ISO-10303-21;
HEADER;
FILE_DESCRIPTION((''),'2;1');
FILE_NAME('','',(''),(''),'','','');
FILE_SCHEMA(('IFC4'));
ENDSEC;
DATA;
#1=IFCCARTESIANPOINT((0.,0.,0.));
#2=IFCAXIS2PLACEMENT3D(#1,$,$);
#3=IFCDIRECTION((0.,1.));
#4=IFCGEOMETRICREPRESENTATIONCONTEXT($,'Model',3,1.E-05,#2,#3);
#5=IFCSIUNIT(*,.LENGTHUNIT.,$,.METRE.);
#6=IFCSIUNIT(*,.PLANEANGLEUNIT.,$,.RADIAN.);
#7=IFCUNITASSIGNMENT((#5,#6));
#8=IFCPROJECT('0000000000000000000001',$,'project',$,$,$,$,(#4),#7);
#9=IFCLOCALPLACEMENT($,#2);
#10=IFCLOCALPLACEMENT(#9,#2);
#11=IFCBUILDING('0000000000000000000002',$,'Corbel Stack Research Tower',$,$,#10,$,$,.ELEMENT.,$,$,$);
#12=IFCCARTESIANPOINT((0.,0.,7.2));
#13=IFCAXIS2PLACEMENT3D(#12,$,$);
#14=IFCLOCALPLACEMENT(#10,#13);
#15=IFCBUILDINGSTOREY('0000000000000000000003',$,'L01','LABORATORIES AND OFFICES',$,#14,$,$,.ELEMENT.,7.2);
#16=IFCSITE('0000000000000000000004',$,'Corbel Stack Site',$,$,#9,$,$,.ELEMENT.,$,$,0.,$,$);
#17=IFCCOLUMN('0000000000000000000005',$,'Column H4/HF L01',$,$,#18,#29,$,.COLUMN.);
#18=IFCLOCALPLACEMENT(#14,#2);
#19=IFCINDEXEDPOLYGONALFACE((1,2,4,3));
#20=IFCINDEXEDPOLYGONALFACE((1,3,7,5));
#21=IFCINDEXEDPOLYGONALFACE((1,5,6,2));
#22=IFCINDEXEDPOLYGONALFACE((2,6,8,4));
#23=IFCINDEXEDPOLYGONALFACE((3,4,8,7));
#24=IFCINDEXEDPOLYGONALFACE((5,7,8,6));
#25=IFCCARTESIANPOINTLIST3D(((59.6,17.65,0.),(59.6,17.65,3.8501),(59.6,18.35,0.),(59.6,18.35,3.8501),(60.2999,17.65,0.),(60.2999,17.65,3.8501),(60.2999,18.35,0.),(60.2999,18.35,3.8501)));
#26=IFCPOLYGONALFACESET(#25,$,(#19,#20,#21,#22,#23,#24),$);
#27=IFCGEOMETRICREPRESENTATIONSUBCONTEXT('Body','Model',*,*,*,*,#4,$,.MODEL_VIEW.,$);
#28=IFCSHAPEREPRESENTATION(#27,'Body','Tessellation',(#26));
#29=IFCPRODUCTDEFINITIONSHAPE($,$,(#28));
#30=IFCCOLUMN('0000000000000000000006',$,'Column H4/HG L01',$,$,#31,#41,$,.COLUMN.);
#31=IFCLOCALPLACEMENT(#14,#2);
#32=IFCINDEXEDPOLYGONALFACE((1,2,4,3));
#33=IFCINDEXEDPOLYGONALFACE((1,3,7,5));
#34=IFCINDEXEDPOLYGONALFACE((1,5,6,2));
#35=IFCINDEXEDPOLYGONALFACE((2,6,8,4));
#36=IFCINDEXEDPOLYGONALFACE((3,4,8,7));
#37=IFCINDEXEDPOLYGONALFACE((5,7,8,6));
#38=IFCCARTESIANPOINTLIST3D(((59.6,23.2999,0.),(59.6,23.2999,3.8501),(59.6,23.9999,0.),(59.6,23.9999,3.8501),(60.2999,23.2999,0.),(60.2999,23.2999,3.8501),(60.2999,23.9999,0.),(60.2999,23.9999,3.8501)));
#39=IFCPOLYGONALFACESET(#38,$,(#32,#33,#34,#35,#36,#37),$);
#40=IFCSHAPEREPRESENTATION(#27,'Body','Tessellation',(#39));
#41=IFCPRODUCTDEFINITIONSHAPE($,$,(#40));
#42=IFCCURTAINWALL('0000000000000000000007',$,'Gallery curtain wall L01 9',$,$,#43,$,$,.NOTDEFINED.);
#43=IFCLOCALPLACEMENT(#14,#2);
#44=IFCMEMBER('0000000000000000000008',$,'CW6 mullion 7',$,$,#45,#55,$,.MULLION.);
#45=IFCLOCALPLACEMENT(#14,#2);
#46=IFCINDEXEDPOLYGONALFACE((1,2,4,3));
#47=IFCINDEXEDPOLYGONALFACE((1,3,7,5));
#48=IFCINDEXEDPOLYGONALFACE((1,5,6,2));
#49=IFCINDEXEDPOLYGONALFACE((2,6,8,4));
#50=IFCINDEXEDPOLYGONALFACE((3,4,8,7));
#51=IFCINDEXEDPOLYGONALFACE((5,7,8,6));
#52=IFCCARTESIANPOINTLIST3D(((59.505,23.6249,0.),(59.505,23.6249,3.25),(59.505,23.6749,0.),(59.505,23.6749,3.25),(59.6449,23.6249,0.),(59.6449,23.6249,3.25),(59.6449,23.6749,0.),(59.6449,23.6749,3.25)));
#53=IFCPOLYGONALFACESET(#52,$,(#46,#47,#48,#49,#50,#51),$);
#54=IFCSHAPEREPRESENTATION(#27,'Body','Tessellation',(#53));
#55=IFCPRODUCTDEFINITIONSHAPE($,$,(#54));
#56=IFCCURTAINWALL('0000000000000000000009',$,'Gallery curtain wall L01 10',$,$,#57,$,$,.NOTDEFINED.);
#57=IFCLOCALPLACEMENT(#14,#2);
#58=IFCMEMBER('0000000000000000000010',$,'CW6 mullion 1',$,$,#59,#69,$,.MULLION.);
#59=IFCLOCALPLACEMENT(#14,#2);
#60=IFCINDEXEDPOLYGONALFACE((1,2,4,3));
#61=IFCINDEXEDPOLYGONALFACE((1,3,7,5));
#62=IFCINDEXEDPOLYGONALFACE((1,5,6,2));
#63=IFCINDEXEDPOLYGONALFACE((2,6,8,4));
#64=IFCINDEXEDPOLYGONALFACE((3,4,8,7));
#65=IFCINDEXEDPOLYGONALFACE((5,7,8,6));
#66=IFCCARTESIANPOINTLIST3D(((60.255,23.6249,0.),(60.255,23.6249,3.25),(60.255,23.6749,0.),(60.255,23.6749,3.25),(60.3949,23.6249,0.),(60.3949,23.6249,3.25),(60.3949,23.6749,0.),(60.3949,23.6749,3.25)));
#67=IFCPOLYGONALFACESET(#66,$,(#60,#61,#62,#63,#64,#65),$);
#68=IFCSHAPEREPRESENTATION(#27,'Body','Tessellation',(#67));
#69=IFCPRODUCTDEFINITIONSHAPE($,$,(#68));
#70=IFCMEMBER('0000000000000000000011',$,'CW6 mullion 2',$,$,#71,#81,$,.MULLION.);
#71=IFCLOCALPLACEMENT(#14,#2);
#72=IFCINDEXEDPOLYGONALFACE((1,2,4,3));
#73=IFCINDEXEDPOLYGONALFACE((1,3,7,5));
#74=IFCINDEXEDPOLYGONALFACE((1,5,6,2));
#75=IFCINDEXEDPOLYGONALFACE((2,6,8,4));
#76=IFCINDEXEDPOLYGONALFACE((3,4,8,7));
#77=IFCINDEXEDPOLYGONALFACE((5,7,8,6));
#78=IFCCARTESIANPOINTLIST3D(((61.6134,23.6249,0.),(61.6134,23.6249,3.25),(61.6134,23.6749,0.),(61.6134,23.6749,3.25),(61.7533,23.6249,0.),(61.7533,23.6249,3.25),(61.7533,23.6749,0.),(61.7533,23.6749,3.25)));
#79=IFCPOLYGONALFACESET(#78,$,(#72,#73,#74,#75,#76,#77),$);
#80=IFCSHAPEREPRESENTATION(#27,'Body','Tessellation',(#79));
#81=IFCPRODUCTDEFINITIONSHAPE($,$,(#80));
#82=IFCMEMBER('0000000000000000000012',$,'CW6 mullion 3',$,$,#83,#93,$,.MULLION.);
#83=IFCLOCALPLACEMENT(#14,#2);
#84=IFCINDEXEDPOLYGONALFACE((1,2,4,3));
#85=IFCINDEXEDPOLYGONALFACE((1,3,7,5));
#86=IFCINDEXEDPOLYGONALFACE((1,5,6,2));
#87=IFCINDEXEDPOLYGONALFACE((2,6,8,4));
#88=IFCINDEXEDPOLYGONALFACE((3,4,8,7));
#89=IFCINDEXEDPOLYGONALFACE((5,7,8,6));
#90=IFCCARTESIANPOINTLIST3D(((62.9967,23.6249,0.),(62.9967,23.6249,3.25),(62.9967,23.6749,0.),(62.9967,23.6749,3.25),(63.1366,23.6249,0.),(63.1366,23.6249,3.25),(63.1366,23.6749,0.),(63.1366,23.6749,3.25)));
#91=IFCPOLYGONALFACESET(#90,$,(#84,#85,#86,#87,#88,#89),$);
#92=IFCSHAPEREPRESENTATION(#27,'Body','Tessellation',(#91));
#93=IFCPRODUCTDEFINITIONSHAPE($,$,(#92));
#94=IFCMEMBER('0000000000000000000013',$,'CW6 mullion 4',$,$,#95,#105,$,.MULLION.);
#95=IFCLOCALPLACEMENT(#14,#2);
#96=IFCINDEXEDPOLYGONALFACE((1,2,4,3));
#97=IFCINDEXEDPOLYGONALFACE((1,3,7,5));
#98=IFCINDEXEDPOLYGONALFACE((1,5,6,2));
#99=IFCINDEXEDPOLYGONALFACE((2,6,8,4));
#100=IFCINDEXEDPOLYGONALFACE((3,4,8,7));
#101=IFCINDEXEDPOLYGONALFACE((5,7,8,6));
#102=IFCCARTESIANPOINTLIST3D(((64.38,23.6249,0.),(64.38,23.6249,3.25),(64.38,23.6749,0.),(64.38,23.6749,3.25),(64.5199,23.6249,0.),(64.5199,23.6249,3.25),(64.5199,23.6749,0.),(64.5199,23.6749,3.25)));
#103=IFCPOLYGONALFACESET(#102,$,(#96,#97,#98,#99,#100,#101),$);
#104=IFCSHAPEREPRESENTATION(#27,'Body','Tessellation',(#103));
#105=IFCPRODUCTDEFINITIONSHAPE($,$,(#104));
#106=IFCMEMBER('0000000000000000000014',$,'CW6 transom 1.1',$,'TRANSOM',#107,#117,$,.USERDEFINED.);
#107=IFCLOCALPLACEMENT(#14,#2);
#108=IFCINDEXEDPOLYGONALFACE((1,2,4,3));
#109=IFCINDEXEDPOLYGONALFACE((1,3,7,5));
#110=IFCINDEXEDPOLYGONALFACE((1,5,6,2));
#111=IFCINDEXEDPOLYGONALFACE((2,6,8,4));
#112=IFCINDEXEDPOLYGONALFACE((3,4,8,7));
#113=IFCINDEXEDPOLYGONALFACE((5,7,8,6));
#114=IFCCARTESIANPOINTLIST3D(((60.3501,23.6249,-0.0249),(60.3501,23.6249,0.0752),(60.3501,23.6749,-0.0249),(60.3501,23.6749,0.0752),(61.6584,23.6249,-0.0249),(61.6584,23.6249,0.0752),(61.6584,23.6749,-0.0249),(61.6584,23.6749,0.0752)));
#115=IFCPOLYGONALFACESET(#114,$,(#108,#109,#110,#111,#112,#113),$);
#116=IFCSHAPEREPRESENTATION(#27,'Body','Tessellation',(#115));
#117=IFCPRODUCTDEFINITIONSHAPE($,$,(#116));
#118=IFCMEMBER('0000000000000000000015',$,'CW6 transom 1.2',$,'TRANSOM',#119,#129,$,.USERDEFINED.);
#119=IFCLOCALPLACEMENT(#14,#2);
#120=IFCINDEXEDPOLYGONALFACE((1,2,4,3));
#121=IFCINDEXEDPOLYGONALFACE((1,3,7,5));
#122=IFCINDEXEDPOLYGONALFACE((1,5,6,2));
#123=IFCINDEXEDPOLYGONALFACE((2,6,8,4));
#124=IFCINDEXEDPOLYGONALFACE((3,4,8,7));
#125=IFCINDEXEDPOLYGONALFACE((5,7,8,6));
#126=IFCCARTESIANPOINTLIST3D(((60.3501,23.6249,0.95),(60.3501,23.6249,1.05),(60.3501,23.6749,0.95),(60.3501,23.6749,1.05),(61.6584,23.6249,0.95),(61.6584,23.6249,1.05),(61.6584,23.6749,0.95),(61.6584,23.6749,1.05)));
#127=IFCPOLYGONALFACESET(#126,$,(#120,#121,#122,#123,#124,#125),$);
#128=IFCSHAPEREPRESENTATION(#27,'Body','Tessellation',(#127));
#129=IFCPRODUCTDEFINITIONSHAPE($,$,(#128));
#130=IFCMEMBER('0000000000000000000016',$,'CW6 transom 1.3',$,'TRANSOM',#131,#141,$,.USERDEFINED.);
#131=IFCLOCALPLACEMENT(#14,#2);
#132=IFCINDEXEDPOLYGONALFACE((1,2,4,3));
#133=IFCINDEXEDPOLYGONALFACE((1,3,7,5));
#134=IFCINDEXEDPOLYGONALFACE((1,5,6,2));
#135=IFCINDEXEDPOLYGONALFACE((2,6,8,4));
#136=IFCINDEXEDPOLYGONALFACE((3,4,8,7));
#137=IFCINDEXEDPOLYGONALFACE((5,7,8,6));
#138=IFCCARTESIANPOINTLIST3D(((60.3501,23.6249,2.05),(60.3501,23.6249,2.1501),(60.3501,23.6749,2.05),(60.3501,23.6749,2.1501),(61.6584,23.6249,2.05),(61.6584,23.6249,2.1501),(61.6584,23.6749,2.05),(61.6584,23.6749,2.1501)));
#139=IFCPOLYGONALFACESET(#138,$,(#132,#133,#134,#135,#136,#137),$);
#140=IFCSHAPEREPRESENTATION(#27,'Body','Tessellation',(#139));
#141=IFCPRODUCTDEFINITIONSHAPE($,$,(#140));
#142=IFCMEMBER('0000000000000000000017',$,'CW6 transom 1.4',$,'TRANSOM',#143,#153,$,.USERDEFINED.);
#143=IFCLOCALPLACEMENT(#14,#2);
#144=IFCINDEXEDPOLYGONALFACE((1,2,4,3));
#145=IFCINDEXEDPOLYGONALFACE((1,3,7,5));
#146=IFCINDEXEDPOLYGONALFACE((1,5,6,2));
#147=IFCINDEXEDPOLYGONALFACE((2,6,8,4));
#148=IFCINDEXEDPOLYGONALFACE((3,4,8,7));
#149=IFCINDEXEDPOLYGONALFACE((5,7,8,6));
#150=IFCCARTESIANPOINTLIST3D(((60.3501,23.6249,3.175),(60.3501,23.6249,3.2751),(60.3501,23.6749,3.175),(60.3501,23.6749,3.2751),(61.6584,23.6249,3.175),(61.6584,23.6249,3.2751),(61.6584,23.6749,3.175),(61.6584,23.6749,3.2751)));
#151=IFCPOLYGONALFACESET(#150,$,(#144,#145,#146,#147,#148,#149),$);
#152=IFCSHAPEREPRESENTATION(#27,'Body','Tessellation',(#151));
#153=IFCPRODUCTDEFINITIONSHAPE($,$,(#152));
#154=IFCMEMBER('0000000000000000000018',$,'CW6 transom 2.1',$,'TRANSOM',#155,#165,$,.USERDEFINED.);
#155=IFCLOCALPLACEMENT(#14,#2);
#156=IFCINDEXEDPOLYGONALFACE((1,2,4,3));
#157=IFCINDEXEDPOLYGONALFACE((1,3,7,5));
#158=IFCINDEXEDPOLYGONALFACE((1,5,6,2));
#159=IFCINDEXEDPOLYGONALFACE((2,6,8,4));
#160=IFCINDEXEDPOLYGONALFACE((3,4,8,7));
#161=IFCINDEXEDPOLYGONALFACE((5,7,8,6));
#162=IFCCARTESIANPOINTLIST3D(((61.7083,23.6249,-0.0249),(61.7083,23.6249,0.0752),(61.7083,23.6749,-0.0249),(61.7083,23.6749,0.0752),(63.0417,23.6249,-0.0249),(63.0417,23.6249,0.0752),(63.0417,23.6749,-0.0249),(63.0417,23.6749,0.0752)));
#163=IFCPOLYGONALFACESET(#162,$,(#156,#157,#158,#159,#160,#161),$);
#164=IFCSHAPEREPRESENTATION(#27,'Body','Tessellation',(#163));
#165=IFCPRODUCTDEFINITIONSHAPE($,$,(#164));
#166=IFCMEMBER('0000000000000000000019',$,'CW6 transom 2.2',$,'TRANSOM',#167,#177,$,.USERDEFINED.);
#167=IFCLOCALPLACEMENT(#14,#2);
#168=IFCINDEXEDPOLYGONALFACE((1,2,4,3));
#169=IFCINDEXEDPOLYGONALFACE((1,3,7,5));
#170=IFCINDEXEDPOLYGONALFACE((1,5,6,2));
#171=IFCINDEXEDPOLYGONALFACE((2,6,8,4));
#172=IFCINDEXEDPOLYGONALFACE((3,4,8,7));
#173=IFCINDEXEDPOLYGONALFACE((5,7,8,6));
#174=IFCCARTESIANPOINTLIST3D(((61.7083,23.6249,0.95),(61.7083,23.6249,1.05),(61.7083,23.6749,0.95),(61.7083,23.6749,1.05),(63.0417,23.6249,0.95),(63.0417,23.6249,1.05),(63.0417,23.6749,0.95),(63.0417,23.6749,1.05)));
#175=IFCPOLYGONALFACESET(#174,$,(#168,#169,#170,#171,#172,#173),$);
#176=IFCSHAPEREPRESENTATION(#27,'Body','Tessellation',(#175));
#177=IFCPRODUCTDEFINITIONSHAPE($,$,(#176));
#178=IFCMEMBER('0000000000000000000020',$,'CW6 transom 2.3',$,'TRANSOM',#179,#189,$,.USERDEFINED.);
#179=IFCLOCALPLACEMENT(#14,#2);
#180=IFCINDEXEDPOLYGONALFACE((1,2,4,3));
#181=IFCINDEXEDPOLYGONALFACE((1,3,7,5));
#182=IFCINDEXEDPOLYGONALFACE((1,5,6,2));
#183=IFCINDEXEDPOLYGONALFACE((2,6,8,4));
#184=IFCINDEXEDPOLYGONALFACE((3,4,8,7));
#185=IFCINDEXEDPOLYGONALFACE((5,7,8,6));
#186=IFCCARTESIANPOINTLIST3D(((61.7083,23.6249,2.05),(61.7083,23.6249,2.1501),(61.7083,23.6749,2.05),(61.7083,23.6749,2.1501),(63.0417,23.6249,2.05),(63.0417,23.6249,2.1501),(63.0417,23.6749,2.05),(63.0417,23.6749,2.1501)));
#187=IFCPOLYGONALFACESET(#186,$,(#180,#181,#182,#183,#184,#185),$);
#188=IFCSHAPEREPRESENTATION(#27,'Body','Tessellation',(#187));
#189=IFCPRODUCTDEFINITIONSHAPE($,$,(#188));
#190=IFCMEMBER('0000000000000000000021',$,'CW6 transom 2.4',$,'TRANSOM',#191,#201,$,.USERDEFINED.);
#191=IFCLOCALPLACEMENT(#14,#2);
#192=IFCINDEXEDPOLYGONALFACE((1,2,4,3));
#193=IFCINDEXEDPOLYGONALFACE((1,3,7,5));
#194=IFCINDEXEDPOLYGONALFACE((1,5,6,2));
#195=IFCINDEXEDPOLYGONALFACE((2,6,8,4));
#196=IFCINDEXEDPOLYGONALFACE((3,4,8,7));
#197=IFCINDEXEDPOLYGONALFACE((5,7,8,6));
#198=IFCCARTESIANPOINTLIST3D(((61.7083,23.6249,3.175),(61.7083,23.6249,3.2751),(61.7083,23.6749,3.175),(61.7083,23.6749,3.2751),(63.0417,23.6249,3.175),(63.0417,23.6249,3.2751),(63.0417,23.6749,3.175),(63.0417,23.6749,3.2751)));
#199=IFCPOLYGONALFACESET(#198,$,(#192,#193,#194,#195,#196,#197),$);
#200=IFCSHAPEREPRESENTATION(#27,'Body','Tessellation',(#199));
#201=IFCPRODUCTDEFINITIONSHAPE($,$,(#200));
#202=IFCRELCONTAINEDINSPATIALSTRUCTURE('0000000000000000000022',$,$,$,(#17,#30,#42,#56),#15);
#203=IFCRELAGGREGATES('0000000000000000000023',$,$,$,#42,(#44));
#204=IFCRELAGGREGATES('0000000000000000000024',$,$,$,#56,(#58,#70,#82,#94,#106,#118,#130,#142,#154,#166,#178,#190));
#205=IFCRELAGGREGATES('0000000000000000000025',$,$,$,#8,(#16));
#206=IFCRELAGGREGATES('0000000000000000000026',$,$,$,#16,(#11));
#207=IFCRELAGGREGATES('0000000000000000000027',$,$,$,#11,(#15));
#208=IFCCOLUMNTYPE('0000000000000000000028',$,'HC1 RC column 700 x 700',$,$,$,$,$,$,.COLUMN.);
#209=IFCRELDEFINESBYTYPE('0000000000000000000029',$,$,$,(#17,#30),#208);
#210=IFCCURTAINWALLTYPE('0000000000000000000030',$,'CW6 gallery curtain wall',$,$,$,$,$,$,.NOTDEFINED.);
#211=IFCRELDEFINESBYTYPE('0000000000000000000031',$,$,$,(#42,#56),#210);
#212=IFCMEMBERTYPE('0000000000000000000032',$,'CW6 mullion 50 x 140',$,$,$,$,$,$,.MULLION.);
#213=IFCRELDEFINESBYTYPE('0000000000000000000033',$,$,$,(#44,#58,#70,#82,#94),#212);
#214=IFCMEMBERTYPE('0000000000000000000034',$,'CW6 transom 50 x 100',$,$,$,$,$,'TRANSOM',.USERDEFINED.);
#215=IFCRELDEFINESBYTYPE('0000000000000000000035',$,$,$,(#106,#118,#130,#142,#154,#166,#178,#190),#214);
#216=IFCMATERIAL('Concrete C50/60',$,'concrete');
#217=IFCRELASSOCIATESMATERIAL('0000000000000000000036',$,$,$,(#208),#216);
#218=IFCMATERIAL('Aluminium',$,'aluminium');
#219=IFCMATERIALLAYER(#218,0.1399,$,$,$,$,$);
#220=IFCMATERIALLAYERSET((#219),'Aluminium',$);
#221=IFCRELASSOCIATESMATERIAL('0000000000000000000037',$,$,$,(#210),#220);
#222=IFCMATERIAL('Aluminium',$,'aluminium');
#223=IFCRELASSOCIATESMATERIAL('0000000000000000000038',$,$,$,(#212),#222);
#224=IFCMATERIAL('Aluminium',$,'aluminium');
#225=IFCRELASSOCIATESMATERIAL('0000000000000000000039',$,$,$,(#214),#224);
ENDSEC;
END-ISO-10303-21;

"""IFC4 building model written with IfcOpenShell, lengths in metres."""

from ifc_helpers import new_model, si_unit, direction, frame, origin, origin_2d, place, context, subcontext, project, spatial, rectangle, extrude, material, layer, layer_set, material_profile, profile_set, type_object, element, aggregate, save


model = new_model("IFC4")

# Units and contexts
model_context = context("Model", 3, precision=1e-05, world=origin(), true_north=direction((0.0, 1.0)))
body_context = subcontext(model_context, "Body", "Model", "MODEL_VIEW")
ifc_project = project(units=[si_unit("LENGTHUNIT", "METRE"), si_unit("PLANEANGLEUNIT", "RADIAN")], contexts=[model_context])

# Site, building, storey
site_placement = place(None, origin())
site = spatial("IfcSite", under=ifc_project, at=site_placement, Name="Corbel Stack Site", CompositionType="ELEMENT", RefElevation=0.0)
building_placement = place(site_placement, origin())
building = spatial("IfcBuilding", under=site, at=building_placement, Name="Corbel Stack Research Tower", CompositionType="ELEMENT")
storey_placement = place(building_placement, frame((0.0, 0.0, 7.2)))
storey = spatial("IfcBuildingStorey", under=building, at=storey_placement, Name="L01", Description="LABORATORIES AND OFFICES", CompositionType="ELEMENT", Elevation=7.2)

# Columns
ifc_material_1 = material(Name="Concrete C50/60", Category="concrete")
ifc_material_profile_1 = material_profile(ifc_material_1, rectangle(XDim=0.7, YDim=0.7, at=origin_2d()), Name="RC 700 x 700")
ifc_profile_set_1 = profile_set([ifc_material_profile_1], Name="Concrete C50/60")
column_type = type_object("IfcColumnType", Name="HC1 RC column 700 x 700", PredefinedType="COLUMN", material=ifc_profile_set_1)
for number, where, z_axis, x_axis, name in (
    (1, (59.95, 18.0, 0.0), (0.0, 0.0, 1.0), (1.0, 0.0, 0.0), "Column H4/HF L01"),
    (2, (59.95, 23.6499, 0.0), (0.0, 0.0, 1.0), (1.0, 0.0, 0.0), "Column H4/HG L01"),
):
    element("IfcColumn", number, at=place(storey_placement, frame(where, z_axis=z_axis, x_axis=x_axis)), inside=storey, type_object=column_type, Name=name, PredefinedType="COLUMN", context=body_context, shape_type="SweptSolid", body=[
        extrude(rectangle(XDim=0.7, YDim=0.7, at=origin_2d()), origin(), (0.0, 0.0, 1.0), 3.8501),
    ])

# Curtain wall, member
ifc_material_2 = material(Name="Aluminium", Category="aluminium")
ifc_layer_1 = layer(ifc_material_2, 0.1399)
ifc_layer_set_1 = layer_set([ifc_layer_1], Name="Aluminium")
curtain_wall_type = type_object("IfcCurtainWallType", Name="CW6 gallery curtain wall", PredefinedType="NOTDEFINED", material=ifc_layer_set_1)
curtain_wall_1_placement = place(storey_placement, origin())
curtain_wall_1 = element("IfcCurtainWall", 3, at=curtain_wall_1_placement, inside=storey, type_object=curtain_wall_type, Name="Gallery curtain wall L01 9", PredefinedType="NOTDEFINED")
ifc_material_3 = material(Name="Aluminium", Category="aluminium")
ifc_material_profile_2 = material_profile(ifc_material_3, rectangle(XDim=0.05, YDim=0.1399, at=origin_2d()), Name="Mullion 50 x 140")
ifc_profile_set_2 = profile_set([ifc_material_profile_2], Name="Aluminium")
member_type_1 = type_object("IfcMemberType", Name="CW6 mullion 50 x 140", PredefinedType="MULLION", material=ifc_profile_set_2)
member_1_placement = place(storey_placement, frame((59.575, 23.6499, 0.0), z_axis=(0.0, 0.0, 1.0), x_axis=(0.0, 1.0, 0.0)))
member_1 = element("IfcMember", 4, at=member_1_placement, type_object=member_type_1, Name="CW6 mullion 7", PredefinedType="MULLION", context=body_context, shape_type="SweptSolid", body=[
    extrude(rectangle(XDim=0.05, YDim=0.1399, at=origin_2d()), origin(), (0.0, 0.0, 1.0), 3.25),
])
aggregate(curtain_wall_1, [member_1])

# Curtain wall, members
curtain_wall_2_placement = place(storey_placement, origin())
curtain_wall_2 = element("IfcCurtainWall", 5, at=curtain_wall_2_placement, inside=storey, type_object=curtain_wall_type, Name="Gallery curtain wall L01 10", PredefinedType="NOTDEFINED")
member_2_placement = place(storey_placement, frame((60.325, 23.6499, 0.0), z_axis=(0.0, 0.0, 1.0), x_axis=(0.0, 1.0, 0.0)))
member_2 = element("IfcMember", 6, at=member_2_placement, type_object=member_type_1, Name="CW6 mullion 1", PredefinedType="MULLION", context=body_context, shape_type="SweptSolid", body=[
    extrude(rectangle(XDim=0.05, YDim=0.1399, at=origin_2d()), origin(), (0.0, 0.0, 1.0), 3.25),
])
member_3_placement = place(storey_placement, frame((61.6833, 23.6499, 0.0), z_axis=(0.0, 0.0, 1.0), x_axis=(0.0, 1.0, 0.0)))
member_3 = element("IfcMember", 7, at=member_3_placement, type_object=member_type_1, Name="CW6 mullion 2", PredefinedType="MULLION", context=body_context, shape_type="SweptSolid", body=[
    extrude(rectangle(XDim=0.05, YDim=0.1399, at=origin_2d()), origin(), (0.0, 0.0, 1.0), 3.25),
])
member_4_placement = place(storey_placement, frame((63.0667, 23.6499, 0.0), z_axis=(0.0, 0.0, 1.0), x_axis=(0.0, 1.0, 0.0)))
member_4 = element("IfcMember", 8, at=member_4_placement, type_object=member_type_1, Name="CW6 mullion 3", PredefinedType="MULLION", context=body_context, shape_type="SweptSolid", body=[
    extrude(rectangle(XDim=0.05, YDim=0.1399, at=origin_2d()), origin(), (0.0, 0.0, 1.0), 3.25),
])
member_5_placement = place(storey_placement, frame((64.45, 23.6499, 0.0), z_axis=(0.0, 0.0, 1.0), x_axis=(0.0, 1.0, 0.0)))
member_5 = element("IfcMember", 9, at=member_5_placement, type_object=member_type_1, Name="CW6 mullion 4", PredefinedType="MULLION", context=body_context, shape_type="SweptSolid", body=[
    extrude(rectangle(XDim=0.05, YDim=0.1399, at=origin_2d()), origin(), (0.0, 0.0, 1.0), 3.25),
])
ifc_material_4 = material(Name="Aluminium", Category="aluminium")
ifc_material_profile_3 = material_profile(ifc_material_4, rectangle(XDim=0.05, YDim=0.1001, at=origin_2d()), Name="Transom 50 x 100")
ifc_profile_set_3 = profile_set([ifc_material_profile_3], Name="Aluminium")
member_type_2 = type_object("IfcMemberType", Name="CW6 transom 50 x 100", ElementType="TRANSOM", PredefinedType="USERDEFINED", material=ifc_profile_set_3)
member_6_placement = place(storey_placement, frame((60.3501, 23.6499, 0.0251), z_axis=(1.0, 0.0, 0.0), x_axis=(0.0, 1.0, 0.0)))
member_6 = element("IfcMember", 10, at=member_6_placement, type_object=member_type_2, Name="CW6 transom 1.1", ObjectType="TRANSOM", PredefinedType="USERDEFINED", context=body_context, shape_type="SweptSolid", body=[
    extrude(rectangle(XDim=0.05, YDim=0.1001, at=origin_2d()), origin(), (0.0, 0.0, 1.0), 1.3083),
])
member_7_placement = place(storey_placement, frame((60.3501, 23.6499, 1.0), z_axis=(1.0, 0.0, 0.0), x_axis=(0.0, 1.0, 0.0)))
member_7 = element("IfcMember", 11, at=member_7_placement, type_object=member_type_2, Name="CW6 transom 1.2", ObjectType="TRANSOM", PredefinedType="USERDEFINED", context=body_context, shape_type="SweptSolid", body=[
    extrude(rectangle(XDim=0.05, YDim=0.1001, at=origin_2d()), origin(), (0.0, 0.0, 1.0), 1.3083),
])
member_8_placement = place(storey_placement, frame((60.3501, 23.6499, 2.1001), z_axis=(1.0, 0.0, 0.0), x_axis=(0.0, 1.0, 0.0)))
member_8 = element("IfcMember", 12, at=member_8_placement, type_object=member_type_2, Name="CW6 transom 1.3", ObjectType="TRANSOM", PredefinedType="USERDEFINED", context=body_context, shape_type="SweptSolid", body=[
    extrude(rectangle(XDim=0.05, YDim=0.1001, at=origin_2d()), origin(), (0.0, 0.0, 1.0), 1.3083),
])
member_9_placement = place(storey_placement, frame((60.3501, 23.6499, 3.2251), z_axis=(1.0, 0.0, 0.0), x_axis=(0.0, 1.0, 0.0)))
member_9 = element("IfcMember", 13, at=member_9_placement, type_object=member_type_2, Name="CW6 transom 1.4", ObjectType="TRANSOM", PredefinedType="USERDEFINED", context=body_context, shape_type="SweptSolid", body=[
    extrude(rectangle(XDim=0.05, YDim=0.1001, at=origin_2d()), origin(), (0.0, 0.0, 1.0), 1.3083),
])
member_10_placement = place(storey_placement, frame((61.7083, 23.6499, 0.0251), z_axis=(1.0, 0.0, 0.0), x_axis=(0.0, 1.0, 0.0)))
member_10 = element("IfcMember", 14, at=member_10_placement, type_object=member_type_2, Name="CW6 transom 2.1", ObjectType="TRANSOM", PredefinedType="USERDEFINED", context=body_context, shape_type="SweptSolid", body=[
    extrude(rectangle(XDim=0.05, YDim=0.1001, at=origin_2d()), origin(), (0.0, 0.0, 1.0), 1.3335),
])
member_11_placement = place(storey_placement, frame((61.7083, 23.6499, 1.0), z_axis=(1.0, 0.0, 0.0), x_axis=(0.0, 1.0, 0.0)))
member_11 = element("IfcMember", 15, at=member_11_placement, type_object=member_type_2, Name="CW6 transom 2.2", ObjectType="TRANSOM", PredefinedType="USERDEFINED", context=body_context, shape_type="SweptSolid", body=[
    extrude(rectangle(XDim=0.05, YDim=0.1001, at=origin_2d()), origin(), (0.0, 0.0, 1.0), 1.3335),
])
member_12_placement = place(storey_placement, frame((61.7083, 23.6499, 2.1001), z_axis=(1.0, 0.0, 0.0), x_axis=(0.0, 1.0, 0.0)))
member_12 = element("IfcMember", 16, at=member_12_placement, type_object=member_type_2, Name="CW6 transom 2.3", ObjectType="TRANSOM", PredefinedType="USERDEFINED", context=body_context, shape_type="SweptSolid", body=[
    extrude(rectangle(XDim=0.05, YDim=0.1001, at=origin_2d()), origin(), (0.0, 0.0, 1.0), 1.3335),
])
member_13_placement = place(storey_placement, frame((61.7083, 23.6499, 3.2251), z_axis=(1.0, 0.0, 0.0), x_axis=(0.0, 1.0, 0.0)))
member_13 = element("IfcMember", 17, at=member_13_placement, type_object=member_type_2, Name="CW6 transom 2.4", ObjectType="TRANSOM", PredefinedType="USERDEFINED", context=body_context, shape_type="SweptSolid", body=[
    extrude(rectangle(XDim=0.05, YDim=0.1001, at=origin_2d()), origin(), (0.0, 0.0, 1.0), 1.3335),
])

aggregate(curtain_wall_2, [member_2, member_3, member_4, member_5, member_6, member_7, member_8, member_9, member_10, member_11, member_12, member_13])

save(model, "model.ifc")
